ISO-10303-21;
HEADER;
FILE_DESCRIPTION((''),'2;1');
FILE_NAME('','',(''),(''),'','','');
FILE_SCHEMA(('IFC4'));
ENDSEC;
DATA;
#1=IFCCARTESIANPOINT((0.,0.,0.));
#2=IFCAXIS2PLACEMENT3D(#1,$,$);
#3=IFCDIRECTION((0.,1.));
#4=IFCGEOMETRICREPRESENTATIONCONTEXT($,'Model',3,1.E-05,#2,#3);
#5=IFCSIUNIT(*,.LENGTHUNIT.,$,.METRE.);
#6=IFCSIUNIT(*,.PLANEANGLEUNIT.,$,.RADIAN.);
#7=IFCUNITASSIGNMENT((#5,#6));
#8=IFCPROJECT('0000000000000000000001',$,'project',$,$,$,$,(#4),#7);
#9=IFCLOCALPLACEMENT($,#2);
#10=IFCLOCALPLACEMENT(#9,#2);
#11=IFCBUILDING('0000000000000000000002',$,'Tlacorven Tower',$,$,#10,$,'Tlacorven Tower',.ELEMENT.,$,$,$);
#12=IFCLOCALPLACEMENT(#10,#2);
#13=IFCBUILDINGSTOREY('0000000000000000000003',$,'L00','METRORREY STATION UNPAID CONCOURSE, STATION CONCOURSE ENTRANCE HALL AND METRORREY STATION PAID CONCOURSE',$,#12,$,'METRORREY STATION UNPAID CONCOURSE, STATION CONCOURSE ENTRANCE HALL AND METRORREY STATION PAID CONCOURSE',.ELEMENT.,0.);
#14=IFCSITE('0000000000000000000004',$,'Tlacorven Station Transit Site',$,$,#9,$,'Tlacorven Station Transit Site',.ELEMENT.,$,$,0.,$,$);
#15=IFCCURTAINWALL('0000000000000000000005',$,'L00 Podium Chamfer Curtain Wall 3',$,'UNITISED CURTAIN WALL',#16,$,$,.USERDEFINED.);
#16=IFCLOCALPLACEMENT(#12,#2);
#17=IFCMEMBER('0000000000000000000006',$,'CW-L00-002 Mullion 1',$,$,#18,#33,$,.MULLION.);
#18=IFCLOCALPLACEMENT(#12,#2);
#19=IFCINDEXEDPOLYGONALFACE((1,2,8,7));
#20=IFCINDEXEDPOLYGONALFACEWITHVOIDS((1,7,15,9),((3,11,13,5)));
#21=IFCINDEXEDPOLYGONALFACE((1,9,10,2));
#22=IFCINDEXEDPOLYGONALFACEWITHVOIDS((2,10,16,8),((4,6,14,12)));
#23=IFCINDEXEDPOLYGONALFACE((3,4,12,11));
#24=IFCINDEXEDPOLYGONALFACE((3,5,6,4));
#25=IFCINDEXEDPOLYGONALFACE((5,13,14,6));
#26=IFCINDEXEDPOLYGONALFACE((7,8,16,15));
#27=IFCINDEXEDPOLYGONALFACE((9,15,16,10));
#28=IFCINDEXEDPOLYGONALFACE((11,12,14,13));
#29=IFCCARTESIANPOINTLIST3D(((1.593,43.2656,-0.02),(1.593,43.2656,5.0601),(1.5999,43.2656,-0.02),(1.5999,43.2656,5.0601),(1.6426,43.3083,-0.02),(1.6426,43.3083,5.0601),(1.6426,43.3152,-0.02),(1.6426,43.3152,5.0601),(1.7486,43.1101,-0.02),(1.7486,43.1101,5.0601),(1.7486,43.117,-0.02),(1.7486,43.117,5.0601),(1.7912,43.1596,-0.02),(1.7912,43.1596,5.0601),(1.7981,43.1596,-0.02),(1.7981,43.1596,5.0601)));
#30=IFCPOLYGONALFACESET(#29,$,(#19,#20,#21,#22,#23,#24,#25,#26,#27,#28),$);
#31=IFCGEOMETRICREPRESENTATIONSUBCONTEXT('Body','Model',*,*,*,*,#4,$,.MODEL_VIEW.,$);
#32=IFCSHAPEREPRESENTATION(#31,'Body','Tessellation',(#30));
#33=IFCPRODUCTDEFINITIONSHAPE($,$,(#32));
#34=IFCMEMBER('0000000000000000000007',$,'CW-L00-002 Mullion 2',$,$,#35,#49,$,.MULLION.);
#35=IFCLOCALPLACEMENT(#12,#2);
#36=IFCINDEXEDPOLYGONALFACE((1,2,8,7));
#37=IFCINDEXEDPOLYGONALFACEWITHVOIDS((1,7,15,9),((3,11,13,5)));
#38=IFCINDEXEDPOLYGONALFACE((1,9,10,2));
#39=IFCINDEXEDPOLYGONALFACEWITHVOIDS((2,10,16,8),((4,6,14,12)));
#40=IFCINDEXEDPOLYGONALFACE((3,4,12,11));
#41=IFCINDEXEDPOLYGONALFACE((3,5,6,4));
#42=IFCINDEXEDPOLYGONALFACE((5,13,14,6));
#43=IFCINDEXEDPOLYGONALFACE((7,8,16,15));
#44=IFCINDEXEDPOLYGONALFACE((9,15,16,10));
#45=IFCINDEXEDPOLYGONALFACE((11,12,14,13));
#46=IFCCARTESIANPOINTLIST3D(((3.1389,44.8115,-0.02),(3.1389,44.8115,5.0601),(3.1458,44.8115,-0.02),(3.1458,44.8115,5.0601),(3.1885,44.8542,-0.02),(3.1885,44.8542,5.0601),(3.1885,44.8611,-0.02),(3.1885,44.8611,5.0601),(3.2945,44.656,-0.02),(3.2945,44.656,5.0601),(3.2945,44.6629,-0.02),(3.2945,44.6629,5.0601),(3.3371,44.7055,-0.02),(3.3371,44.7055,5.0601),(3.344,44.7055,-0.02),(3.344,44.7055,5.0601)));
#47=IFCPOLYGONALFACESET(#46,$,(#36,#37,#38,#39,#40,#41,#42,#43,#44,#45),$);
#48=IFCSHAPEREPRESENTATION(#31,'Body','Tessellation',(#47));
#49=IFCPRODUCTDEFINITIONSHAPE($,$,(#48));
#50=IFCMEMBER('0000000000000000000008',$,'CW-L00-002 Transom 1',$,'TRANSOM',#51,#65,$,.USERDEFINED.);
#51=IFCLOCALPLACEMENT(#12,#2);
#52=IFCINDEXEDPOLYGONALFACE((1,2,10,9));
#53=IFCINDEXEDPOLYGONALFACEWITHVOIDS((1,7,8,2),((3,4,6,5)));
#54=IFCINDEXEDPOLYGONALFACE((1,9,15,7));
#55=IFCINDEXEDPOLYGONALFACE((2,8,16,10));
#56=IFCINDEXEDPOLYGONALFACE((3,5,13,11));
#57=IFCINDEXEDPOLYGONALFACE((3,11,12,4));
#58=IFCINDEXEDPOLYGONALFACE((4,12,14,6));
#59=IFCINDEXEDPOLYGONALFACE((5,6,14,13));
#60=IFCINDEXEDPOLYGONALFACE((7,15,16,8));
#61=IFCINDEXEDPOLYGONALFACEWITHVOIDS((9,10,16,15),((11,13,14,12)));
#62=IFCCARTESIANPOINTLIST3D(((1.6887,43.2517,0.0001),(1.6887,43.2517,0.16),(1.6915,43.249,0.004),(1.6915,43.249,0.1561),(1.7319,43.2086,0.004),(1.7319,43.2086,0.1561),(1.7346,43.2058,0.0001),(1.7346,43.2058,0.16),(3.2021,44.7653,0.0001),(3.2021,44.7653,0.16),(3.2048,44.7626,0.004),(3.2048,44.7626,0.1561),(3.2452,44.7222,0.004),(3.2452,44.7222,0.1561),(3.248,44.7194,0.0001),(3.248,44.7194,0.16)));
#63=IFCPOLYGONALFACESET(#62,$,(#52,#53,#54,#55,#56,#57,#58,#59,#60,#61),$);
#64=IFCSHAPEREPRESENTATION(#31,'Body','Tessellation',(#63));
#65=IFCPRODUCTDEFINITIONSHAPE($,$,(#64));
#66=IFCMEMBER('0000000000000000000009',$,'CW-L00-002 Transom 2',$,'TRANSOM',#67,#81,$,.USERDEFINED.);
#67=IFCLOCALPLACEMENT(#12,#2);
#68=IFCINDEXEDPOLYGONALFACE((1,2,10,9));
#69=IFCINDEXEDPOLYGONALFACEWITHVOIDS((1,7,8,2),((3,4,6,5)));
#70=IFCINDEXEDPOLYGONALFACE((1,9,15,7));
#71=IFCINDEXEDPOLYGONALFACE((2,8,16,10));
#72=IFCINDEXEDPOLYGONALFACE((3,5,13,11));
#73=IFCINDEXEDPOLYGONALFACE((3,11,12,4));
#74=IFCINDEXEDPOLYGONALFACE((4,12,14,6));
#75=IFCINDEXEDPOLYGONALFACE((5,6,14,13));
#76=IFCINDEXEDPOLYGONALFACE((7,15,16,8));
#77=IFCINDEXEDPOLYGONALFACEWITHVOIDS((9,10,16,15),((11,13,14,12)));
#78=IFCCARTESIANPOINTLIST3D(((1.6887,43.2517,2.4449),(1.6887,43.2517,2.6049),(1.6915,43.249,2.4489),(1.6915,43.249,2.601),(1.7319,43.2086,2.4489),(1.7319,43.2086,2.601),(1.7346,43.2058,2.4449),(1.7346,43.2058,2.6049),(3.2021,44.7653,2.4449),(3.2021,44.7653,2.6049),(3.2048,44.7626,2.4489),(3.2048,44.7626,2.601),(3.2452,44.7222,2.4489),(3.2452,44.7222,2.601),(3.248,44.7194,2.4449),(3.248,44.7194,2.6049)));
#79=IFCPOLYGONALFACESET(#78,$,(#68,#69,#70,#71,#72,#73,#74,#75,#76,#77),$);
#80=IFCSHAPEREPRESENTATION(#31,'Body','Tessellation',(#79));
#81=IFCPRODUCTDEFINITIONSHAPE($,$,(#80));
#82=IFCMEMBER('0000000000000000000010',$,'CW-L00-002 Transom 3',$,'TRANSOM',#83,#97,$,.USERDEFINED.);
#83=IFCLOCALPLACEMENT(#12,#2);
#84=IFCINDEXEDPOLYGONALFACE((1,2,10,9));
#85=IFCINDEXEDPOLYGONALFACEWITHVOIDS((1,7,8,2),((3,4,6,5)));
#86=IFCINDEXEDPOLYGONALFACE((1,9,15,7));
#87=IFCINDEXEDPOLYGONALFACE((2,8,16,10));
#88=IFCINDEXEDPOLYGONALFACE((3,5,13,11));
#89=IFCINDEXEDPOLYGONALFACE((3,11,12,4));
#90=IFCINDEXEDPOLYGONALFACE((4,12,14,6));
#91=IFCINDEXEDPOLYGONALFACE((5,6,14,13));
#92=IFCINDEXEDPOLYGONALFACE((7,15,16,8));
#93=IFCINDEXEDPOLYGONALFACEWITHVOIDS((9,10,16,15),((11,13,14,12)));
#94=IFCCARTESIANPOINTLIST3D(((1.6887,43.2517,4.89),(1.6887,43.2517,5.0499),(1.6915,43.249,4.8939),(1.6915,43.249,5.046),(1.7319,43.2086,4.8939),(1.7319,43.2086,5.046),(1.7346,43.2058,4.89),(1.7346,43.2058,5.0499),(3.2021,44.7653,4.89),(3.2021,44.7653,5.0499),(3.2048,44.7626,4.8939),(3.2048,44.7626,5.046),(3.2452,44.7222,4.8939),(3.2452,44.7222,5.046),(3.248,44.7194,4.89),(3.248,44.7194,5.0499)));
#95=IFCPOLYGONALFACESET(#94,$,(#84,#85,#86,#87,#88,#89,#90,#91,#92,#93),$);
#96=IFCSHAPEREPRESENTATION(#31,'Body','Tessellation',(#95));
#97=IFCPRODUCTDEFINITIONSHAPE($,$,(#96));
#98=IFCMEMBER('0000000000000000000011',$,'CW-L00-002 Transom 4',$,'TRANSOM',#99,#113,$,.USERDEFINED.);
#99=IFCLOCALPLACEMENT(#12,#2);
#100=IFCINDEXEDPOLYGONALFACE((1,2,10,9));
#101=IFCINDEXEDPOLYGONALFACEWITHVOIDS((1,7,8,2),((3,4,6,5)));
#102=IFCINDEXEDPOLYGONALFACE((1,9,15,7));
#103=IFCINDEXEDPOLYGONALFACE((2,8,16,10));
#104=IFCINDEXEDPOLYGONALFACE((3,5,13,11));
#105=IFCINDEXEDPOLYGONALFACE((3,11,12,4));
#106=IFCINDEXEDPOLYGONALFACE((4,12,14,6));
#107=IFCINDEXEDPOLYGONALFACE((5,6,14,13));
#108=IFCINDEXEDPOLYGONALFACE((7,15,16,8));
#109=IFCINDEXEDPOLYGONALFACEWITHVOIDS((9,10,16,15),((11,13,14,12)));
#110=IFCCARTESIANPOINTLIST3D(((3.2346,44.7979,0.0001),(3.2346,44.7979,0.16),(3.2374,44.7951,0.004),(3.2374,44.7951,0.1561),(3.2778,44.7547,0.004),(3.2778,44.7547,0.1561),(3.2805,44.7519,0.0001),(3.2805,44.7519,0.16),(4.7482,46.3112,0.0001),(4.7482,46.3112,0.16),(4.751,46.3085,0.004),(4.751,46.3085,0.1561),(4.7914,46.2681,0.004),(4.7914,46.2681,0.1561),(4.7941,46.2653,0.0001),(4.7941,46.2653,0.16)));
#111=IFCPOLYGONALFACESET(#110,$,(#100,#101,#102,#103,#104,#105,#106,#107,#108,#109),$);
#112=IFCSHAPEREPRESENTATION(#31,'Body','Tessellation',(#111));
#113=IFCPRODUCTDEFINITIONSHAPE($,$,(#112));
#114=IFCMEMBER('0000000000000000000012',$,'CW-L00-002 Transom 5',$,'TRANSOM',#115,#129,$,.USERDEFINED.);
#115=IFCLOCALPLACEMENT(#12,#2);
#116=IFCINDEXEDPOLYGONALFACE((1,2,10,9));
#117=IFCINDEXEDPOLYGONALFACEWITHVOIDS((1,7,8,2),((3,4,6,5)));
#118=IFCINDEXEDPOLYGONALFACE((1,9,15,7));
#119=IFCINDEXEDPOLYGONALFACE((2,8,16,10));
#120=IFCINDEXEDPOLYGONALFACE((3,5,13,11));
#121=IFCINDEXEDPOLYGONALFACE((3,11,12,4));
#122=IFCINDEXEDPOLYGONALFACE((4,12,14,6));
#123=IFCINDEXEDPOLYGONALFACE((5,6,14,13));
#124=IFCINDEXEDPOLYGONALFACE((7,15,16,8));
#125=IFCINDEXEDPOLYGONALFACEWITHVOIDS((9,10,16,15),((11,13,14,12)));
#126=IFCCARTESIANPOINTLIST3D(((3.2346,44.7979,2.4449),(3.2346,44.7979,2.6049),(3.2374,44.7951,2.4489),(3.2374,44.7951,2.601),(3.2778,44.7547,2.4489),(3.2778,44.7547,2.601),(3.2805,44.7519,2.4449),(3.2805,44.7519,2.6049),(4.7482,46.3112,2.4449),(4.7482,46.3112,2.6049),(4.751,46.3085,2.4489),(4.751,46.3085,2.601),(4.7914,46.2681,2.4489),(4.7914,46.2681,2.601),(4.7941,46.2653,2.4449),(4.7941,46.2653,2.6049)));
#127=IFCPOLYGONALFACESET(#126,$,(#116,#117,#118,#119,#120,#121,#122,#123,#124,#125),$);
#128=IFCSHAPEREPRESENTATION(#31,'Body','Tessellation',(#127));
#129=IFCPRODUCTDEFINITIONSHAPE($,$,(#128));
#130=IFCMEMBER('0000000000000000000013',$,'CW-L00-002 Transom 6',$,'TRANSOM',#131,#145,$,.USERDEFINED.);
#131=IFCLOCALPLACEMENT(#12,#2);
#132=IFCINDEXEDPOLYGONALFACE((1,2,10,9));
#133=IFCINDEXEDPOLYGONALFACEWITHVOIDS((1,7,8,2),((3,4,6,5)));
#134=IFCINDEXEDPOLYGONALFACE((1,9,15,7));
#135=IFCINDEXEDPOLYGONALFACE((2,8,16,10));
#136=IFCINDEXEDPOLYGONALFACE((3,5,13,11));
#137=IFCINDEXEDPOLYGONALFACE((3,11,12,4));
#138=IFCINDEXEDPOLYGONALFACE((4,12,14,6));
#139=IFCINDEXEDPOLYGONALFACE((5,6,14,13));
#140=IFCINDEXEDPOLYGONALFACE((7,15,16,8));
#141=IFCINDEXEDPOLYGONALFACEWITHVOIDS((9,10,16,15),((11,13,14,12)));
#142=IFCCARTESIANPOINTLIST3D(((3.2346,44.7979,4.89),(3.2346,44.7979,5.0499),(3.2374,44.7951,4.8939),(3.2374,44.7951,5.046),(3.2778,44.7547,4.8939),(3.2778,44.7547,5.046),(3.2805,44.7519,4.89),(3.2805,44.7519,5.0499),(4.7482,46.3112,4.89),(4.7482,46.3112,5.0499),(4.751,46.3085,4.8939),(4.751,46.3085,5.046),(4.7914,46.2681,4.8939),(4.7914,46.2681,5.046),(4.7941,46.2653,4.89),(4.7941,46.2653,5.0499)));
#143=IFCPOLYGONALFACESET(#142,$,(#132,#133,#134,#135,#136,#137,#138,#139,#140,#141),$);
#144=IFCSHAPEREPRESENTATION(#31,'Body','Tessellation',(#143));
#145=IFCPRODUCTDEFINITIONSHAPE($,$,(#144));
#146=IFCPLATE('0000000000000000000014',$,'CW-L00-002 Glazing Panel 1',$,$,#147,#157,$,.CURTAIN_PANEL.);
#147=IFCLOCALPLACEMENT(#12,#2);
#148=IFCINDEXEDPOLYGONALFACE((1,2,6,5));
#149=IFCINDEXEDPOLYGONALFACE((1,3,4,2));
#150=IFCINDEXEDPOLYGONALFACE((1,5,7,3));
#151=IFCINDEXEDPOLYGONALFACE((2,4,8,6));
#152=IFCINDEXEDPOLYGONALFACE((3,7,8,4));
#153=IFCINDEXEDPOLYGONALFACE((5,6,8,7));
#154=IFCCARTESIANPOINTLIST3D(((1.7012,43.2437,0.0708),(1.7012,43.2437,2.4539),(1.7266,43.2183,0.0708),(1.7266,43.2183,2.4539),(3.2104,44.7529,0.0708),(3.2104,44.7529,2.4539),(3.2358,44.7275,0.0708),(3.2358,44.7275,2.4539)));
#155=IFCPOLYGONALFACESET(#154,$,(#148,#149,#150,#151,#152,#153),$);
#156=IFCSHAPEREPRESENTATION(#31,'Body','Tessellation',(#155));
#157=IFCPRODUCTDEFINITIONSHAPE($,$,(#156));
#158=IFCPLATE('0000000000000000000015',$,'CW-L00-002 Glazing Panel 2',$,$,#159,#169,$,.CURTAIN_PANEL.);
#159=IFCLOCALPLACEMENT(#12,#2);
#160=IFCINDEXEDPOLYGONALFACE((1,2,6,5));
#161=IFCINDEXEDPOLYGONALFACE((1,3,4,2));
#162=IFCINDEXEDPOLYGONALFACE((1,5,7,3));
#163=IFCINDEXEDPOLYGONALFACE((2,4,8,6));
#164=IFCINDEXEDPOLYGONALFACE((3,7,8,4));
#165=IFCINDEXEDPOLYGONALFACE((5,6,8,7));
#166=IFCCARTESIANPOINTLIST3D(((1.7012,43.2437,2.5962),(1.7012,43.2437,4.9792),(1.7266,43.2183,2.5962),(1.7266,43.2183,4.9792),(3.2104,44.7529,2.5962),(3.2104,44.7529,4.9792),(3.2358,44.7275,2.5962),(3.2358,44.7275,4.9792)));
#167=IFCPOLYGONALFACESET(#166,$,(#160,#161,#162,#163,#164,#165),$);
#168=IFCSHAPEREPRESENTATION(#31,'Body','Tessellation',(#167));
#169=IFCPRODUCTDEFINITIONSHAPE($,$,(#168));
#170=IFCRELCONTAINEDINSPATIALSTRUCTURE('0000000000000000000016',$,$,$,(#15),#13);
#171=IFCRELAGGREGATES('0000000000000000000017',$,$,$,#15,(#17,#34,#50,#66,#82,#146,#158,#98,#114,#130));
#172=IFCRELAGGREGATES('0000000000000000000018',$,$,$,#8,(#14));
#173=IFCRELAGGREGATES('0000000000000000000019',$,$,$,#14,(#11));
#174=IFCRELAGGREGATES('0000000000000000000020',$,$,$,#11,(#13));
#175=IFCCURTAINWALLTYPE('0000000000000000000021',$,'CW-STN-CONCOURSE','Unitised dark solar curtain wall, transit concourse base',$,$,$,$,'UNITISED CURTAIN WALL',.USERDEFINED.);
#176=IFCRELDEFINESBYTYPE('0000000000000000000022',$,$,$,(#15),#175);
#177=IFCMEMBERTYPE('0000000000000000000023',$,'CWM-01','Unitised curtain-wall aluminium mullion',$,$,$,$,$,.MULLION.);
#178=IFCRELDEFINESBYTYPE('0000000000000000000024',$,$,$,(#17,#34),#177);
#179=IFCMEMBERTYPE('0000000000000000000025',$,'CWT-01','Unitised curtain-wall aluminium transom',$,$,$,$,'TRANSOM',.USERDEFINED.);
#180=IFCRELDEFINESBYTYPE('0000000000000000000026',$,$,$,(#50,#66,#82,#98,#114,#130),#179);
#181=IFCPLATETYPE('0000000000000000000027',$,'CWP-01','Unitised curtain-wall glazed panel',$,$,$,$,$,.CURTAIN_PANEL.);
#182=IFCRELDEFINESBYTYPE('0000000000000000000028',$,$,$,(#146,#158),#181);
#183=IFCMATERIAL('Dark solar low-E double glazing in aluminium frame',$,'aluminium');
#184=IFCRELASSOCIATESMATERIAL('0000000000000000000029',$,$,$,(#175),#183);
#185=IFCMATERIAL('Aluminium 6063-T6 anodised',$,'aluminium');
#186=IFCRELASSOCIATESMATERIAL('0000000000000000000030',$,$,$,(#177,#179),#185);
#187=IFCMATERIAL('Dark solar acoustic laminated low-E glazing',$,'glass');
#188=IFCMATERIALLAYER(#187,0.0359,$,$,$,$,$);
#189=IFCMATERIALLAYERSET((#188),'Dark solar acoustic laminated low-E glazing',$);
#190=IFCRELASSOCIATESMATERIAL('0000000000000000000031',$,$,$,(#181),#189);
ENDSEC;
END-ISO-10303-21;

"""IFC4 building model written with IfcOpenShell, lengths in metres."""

from ifc_helpers import new_model, si_unit, direction, frame, origin, origin_2d, place, context, subcontext, project, spatial, rectangle, hollow_rectangle, extrude, source, transform, mapped, material, layer, layer_set, material_profile, profile_set, type_object, element, aggregate, save


model = new_model("IFC4")

# Units and contexts
model_context = context("Model", 3, precision=1e-05, world=origin(), true_north=direction((0.0, 1.0)))
body_context = subcontext(model_context, "Body", "Model", "MODEL_VIEW")
ifc_project = project(units=[si_unit("LENGTHUNIT", "METRE"), si_unit("PLANEANGLEUNIT", "RADIAN")], contexts=[model_context])

# Site, building, storey
site_placement = place(None, origin())
site = spatial("IfcSite", under=ifc_project, at=site_placement, Name="Tlacorven Station Transit Site", LongName="Tlacorven Station Transit Site", CompositionType="ELEMENT", RefElevation=0.0)
building_placement = place(site_placement, origin())
building = spatial("IfcBuilding", under=site, at=building_placement, Name="Tlacorven Tower", LongName="Tlacorven Tower", CompositionType="ELEMENT")
storey_placement = place(building_placement, origin())
storey = spatial("IfcBuildingStorey", under=building, at=storey_placement, Name="L00", Description="METRORREY STATION UNPAID CONCOURSE, STATION CONCOURSE ENTRANCE HALL AND METRORREY STATION PAID CONCOURSE", LongName="METRORREY STATION UNPAID CONCOURSE, STATION CONCOURSE ENTRANCE HALL AND METRORREY STATION PAID CONCOURSE", CompositionType="ELEMENT", Elevation=0.0)

# Curtain wall, members, plates
ifc_material_1 = material(Name="Dark solar low-E double glazing in aluminium frame", Category="aluminium")
curtain_wall_type = type_object("IfcCurtainWallType", Name="CW-STN-CONCOURSE", Description="Unitised dark solar curtain wall, transit concourse base", ElementType="UNITISED CURTAIN WALL", PredefinedType="USERDEFINED", material=ifc_material_1)
curtain_wall_placement = place(storey_placement, origin())
curtain_wall = element("IfcCurtainWall", 1, at=curtain_wall_placement, inside=storey, type_object=curtain_wall_type, Name="L00 Podium Chamfer Curtain Wall 3", ObjectType="UNITISED CURTAIN WALL", PredefinedType="USERDEFINED")
ifc_material_2 = material(Name="Aluminium 6063-T6 anodised", Category="aluminium")
ifc_material_profile_1 = material_profile(ifc_material_2, hollow_rectangle(XDim=0.0701, YDim=0.22, WallThickness=0.0049, at=origin_2d()), Name="ALU MULLION 70X220")
ifc_profile_set_1 = profile_set([ifc_material_profile_1], Name="Aluminium 6063-T6 anodised")
member_type_1 = type_object("IfcMemberType", Name="CWM-01", Description="Unitised curtain-wall aluminium mullion", PredefinedType="MULLION", material=ifc_profile_set_1)
shared_shape_1 = source(origin(), body_context, "Body", "SweptSolid", [
    extrude(hollow_rectangle(XDim=0.0701, YDim=0.22, WallThickness=0.0049, at=origin_2d()), origin(), (0.0, 0.0, 1.0), 5.0801),
])
member_1_placement = place(storey_placement, frame((1.6956, 43.2126, -0.02), z_axis=(0.0, 0.0, 1.0), x_axis=(0.707107, 0.707107, 0.0)))
member_1 = element("IfcMember", 2, at=member_1_placement, type_object=member_type_1, Name="CW-L00-002 Mullion 1", PredefinedType="MULLION", context=body_context, shape_type="MappedRepresentation", body=[
    mapped(shared_shape_1, transform((0.0, 0.0, 0.0), scale=1.0)),
])
member_2_placement = place(storey_placement, frame((3.2415, 44.7585, -0.02), z_axis=(0.0, 0.0, 1.0), x_axis=(0.707107, 0.707107, 0.0)))
member_2 = element("IfcMember", 3, at=member_2_placement, type_object=member_type_1, Name="CW-L00-002 Mullion 2", PredefinedType="MULLION", context=body_context, shape_type="MappedRepresentation", body=[
    mapped(shared_shape_1, transform((0.0, 0.0, 0.0), scale=1.0)),
])
ifc_material_profile_2 = material_profile(ifc_material_2, hollow_rectangle(XDim=0.0649, YDim=0.1599, WallThickness=0.0039, at=origin_2d()), Name="ALU TRANSOM 65X160")
ifc_profile_set_2 = profile_set([ifc_material_profile_2], Name="Aluminium 6063-T6 anodised")
member_type_2 = type_object("IfcMemberType", Name="CWT-01", Description="Unitised curtain-wall aluminium transom", ElementType="TRANSOM", PredefinedType="USERDEFINED", material=ifc_profile_set_2)
shared_shape_2 = source(origin(), body_context, "Body", "SweptSolid", [
    extrude(hollow_rectangle(XDim=0.0649, YDim=0.1599, WallThickness=0.0039, at=origin_2d()), origin(), (0.0, 0.0, 1.0), 2.1404),
])
member_3_placement = place(storey_placement, frame((1.7117, 43.2288, 0.0801), z_axis=(0.70705, 0.707164, 0.0), x_axis=(-0.707164, 0.70705, 0.0)))
member_3 = element("IfcMember", 4, at=member_3_placement, type_object=member_type_2, Name="CW-L00-002 Transom 1", ObjectType="TRANSOM", PredefinedType="USERDEFINED", context=body_context, shape_type="MappedRepresentation", body=[
    mapped(shared_shape_2, transform((0.0, 0.0, 0.0), scale=1.0)),
])
member_4_placement = place(storey_placement, frame((1.7117, 43.2288, 2.5249), z_axis=(0.70705, 0.707164, 0.0), x_axis=(-0.707164, 0.70705, 0.0)))
member_4 = element("IfcMember", 5, at=member_4_placement, type_object=member_type_2, Name="CW-L00-002 Transom 2", ObjectType="TRANSOM", PredefinedType="USERDEFINED", context=body_context, shape_type="MappedRepresentation", body=[
    mapped(shared_shape_2, transform((0.0, 0.0, 0.0), scale=1.0)),
])
member_5_placement = place(storey_placement, frame((1.7117, 43.2288, 4.97), z_axis=(0.70705, 0.707164, 0.0), x_axis=(-0.707164, 0.70705, 0.0)))
member_5 = element("IfcMember", 6, at=member_5_placement, type_object=member_type_2, Name="CW-L00-002 Transom 3", ObjectType="TRANSOM", PredefinedType="USERDEFINED", context=body_context, shape_type="MappedRepresentation", body=[
    mapped(shared_shape_2, transform((0.0, 0.0, 0.0), scale=1.0)),
])
member_6_placement = place(storey_placement, frame((3.2576, 44.7749, 0.0801), z_axis=(0.707164, 0.70705, 0.0), x_axis=(-0.70705, 0.707164, 0.0)))
member_6 = element("IfcMember", 7, at=member_6_placement, type_object=member_type_2, Name="CW-L00-002 Transom 4", ObjectType="TRANSOM", PredefinedType="USERDEFINED", context=body_context, shape_type="MappedRepresentation", body=[
    mapped(shared_shape_2, transform((0.0, 0.0, 0.0), scale=1.0)),
])
member_7_placement = place(storey_placement, frame((3.2576, 44.7749, 2.5249), z_axis=(0.707164, 0.70705, 0.0), x_axis=(-0.70705, 0.707164, 0.0)))
member_7 = element("IfcMember", 8, at=member_7_placement, type_object=member_type_2, Name="CW-L00-002 Transom 5", ObjectType="TRANSOM", PredefinedType="USERDEFINED", context=body_context, shape_type="MappedRepresentation", body=[
    mapped(shared_shape_2, transform((0.0, 0.0, 0.0), scale=1.0)),
])
member_8_placement = place(storey_placement, frame((3.2576, 44.7749, 4.97), z_axis=(0.707164, 0.70705, 0.0), x_axis=(-0.70705, 0.707164, 0.0)))
member_8 = element("IfcMember", 9, at=member_8_placement, type_object=member_type_2, Name="CW-L00-002 Transom 6", ObjectType="TRANSOM", PredefinedType="USERDEFINED", context=body_context, shape_type="MappedRepresentation", body=[
    mapped(shared_shape_2, transform((0.0, 0.0, 0.0), scale=1.0)),
])
ifc_material_3 = material(Name="Dark solar acoustic laminated low-E glazing", Category="glass")
ifc_layer_1 = layer(ifc_material_3, 0.0359)
ifc_layer_set_1 = layer_set([ifc_layer_1], Name="Dark solar acoustic laminated low-E glazing")
plate_type = type_object("IfcPlateType", Name="CWP-01", Description="Unitised curtain-wall glazed panel", PredefinedType="CURTAIN_PANEL", material=ifc_layer_set_1)
shared_shape_3 = source(origin(), body_context, "Body", "SweptSolid", [
    extrude(rectangle(XDim=2.1343, YDim=0.0359, at=origin_2d()), origin(), (0.0, 0.0, 1.0), 2.3831),
])
plate_1_placement = place(storey_placement, frame((2.4685, 43.9856, 0.0708), z_axis=(0.0, 0.0, 1.0), x_axis=(0.707107, 0.707107, 0.0)))
plate_1 = element("IfcPlate", 10, at=plate_1_placement, type_object=plate_type, Name="CW-L00-002 Glazing Panel 1", PredefinedType="CURTAIN_PANEL", context=body_context, shape_type="MappedRepresentation", body=[
    mapped(shared_shape_3, transform((0.0, 0.0, 0.0), scale=1.0)),
])
plate_2_placement = place(storey_placement, frame((2.4685, 43.9856, 2.5962), z_axis=(0.0, 0.0, 1.0), x_axis=(0.707107, 0.707107, 0.0)))
plate_2 = element("IfcPlate", 11, at=plate_2_placement, type_object=plate_type, Name="CW-L00-002 Glazing Panel 2", PredefinedType="CURTAIN_PANEL", context=body_context, shape_type="MappedRepresentation", body=[
    mapped(shared_shape_3, transform((0.0, 0.0, 0.0), scale=1.0)),
])
aggregate(curtain_wall, [member_1, member_2, member_3, member_4, member_5, plate_1, plate_2, member_6, member_7, member_8])

save(model, "model.ifc")
